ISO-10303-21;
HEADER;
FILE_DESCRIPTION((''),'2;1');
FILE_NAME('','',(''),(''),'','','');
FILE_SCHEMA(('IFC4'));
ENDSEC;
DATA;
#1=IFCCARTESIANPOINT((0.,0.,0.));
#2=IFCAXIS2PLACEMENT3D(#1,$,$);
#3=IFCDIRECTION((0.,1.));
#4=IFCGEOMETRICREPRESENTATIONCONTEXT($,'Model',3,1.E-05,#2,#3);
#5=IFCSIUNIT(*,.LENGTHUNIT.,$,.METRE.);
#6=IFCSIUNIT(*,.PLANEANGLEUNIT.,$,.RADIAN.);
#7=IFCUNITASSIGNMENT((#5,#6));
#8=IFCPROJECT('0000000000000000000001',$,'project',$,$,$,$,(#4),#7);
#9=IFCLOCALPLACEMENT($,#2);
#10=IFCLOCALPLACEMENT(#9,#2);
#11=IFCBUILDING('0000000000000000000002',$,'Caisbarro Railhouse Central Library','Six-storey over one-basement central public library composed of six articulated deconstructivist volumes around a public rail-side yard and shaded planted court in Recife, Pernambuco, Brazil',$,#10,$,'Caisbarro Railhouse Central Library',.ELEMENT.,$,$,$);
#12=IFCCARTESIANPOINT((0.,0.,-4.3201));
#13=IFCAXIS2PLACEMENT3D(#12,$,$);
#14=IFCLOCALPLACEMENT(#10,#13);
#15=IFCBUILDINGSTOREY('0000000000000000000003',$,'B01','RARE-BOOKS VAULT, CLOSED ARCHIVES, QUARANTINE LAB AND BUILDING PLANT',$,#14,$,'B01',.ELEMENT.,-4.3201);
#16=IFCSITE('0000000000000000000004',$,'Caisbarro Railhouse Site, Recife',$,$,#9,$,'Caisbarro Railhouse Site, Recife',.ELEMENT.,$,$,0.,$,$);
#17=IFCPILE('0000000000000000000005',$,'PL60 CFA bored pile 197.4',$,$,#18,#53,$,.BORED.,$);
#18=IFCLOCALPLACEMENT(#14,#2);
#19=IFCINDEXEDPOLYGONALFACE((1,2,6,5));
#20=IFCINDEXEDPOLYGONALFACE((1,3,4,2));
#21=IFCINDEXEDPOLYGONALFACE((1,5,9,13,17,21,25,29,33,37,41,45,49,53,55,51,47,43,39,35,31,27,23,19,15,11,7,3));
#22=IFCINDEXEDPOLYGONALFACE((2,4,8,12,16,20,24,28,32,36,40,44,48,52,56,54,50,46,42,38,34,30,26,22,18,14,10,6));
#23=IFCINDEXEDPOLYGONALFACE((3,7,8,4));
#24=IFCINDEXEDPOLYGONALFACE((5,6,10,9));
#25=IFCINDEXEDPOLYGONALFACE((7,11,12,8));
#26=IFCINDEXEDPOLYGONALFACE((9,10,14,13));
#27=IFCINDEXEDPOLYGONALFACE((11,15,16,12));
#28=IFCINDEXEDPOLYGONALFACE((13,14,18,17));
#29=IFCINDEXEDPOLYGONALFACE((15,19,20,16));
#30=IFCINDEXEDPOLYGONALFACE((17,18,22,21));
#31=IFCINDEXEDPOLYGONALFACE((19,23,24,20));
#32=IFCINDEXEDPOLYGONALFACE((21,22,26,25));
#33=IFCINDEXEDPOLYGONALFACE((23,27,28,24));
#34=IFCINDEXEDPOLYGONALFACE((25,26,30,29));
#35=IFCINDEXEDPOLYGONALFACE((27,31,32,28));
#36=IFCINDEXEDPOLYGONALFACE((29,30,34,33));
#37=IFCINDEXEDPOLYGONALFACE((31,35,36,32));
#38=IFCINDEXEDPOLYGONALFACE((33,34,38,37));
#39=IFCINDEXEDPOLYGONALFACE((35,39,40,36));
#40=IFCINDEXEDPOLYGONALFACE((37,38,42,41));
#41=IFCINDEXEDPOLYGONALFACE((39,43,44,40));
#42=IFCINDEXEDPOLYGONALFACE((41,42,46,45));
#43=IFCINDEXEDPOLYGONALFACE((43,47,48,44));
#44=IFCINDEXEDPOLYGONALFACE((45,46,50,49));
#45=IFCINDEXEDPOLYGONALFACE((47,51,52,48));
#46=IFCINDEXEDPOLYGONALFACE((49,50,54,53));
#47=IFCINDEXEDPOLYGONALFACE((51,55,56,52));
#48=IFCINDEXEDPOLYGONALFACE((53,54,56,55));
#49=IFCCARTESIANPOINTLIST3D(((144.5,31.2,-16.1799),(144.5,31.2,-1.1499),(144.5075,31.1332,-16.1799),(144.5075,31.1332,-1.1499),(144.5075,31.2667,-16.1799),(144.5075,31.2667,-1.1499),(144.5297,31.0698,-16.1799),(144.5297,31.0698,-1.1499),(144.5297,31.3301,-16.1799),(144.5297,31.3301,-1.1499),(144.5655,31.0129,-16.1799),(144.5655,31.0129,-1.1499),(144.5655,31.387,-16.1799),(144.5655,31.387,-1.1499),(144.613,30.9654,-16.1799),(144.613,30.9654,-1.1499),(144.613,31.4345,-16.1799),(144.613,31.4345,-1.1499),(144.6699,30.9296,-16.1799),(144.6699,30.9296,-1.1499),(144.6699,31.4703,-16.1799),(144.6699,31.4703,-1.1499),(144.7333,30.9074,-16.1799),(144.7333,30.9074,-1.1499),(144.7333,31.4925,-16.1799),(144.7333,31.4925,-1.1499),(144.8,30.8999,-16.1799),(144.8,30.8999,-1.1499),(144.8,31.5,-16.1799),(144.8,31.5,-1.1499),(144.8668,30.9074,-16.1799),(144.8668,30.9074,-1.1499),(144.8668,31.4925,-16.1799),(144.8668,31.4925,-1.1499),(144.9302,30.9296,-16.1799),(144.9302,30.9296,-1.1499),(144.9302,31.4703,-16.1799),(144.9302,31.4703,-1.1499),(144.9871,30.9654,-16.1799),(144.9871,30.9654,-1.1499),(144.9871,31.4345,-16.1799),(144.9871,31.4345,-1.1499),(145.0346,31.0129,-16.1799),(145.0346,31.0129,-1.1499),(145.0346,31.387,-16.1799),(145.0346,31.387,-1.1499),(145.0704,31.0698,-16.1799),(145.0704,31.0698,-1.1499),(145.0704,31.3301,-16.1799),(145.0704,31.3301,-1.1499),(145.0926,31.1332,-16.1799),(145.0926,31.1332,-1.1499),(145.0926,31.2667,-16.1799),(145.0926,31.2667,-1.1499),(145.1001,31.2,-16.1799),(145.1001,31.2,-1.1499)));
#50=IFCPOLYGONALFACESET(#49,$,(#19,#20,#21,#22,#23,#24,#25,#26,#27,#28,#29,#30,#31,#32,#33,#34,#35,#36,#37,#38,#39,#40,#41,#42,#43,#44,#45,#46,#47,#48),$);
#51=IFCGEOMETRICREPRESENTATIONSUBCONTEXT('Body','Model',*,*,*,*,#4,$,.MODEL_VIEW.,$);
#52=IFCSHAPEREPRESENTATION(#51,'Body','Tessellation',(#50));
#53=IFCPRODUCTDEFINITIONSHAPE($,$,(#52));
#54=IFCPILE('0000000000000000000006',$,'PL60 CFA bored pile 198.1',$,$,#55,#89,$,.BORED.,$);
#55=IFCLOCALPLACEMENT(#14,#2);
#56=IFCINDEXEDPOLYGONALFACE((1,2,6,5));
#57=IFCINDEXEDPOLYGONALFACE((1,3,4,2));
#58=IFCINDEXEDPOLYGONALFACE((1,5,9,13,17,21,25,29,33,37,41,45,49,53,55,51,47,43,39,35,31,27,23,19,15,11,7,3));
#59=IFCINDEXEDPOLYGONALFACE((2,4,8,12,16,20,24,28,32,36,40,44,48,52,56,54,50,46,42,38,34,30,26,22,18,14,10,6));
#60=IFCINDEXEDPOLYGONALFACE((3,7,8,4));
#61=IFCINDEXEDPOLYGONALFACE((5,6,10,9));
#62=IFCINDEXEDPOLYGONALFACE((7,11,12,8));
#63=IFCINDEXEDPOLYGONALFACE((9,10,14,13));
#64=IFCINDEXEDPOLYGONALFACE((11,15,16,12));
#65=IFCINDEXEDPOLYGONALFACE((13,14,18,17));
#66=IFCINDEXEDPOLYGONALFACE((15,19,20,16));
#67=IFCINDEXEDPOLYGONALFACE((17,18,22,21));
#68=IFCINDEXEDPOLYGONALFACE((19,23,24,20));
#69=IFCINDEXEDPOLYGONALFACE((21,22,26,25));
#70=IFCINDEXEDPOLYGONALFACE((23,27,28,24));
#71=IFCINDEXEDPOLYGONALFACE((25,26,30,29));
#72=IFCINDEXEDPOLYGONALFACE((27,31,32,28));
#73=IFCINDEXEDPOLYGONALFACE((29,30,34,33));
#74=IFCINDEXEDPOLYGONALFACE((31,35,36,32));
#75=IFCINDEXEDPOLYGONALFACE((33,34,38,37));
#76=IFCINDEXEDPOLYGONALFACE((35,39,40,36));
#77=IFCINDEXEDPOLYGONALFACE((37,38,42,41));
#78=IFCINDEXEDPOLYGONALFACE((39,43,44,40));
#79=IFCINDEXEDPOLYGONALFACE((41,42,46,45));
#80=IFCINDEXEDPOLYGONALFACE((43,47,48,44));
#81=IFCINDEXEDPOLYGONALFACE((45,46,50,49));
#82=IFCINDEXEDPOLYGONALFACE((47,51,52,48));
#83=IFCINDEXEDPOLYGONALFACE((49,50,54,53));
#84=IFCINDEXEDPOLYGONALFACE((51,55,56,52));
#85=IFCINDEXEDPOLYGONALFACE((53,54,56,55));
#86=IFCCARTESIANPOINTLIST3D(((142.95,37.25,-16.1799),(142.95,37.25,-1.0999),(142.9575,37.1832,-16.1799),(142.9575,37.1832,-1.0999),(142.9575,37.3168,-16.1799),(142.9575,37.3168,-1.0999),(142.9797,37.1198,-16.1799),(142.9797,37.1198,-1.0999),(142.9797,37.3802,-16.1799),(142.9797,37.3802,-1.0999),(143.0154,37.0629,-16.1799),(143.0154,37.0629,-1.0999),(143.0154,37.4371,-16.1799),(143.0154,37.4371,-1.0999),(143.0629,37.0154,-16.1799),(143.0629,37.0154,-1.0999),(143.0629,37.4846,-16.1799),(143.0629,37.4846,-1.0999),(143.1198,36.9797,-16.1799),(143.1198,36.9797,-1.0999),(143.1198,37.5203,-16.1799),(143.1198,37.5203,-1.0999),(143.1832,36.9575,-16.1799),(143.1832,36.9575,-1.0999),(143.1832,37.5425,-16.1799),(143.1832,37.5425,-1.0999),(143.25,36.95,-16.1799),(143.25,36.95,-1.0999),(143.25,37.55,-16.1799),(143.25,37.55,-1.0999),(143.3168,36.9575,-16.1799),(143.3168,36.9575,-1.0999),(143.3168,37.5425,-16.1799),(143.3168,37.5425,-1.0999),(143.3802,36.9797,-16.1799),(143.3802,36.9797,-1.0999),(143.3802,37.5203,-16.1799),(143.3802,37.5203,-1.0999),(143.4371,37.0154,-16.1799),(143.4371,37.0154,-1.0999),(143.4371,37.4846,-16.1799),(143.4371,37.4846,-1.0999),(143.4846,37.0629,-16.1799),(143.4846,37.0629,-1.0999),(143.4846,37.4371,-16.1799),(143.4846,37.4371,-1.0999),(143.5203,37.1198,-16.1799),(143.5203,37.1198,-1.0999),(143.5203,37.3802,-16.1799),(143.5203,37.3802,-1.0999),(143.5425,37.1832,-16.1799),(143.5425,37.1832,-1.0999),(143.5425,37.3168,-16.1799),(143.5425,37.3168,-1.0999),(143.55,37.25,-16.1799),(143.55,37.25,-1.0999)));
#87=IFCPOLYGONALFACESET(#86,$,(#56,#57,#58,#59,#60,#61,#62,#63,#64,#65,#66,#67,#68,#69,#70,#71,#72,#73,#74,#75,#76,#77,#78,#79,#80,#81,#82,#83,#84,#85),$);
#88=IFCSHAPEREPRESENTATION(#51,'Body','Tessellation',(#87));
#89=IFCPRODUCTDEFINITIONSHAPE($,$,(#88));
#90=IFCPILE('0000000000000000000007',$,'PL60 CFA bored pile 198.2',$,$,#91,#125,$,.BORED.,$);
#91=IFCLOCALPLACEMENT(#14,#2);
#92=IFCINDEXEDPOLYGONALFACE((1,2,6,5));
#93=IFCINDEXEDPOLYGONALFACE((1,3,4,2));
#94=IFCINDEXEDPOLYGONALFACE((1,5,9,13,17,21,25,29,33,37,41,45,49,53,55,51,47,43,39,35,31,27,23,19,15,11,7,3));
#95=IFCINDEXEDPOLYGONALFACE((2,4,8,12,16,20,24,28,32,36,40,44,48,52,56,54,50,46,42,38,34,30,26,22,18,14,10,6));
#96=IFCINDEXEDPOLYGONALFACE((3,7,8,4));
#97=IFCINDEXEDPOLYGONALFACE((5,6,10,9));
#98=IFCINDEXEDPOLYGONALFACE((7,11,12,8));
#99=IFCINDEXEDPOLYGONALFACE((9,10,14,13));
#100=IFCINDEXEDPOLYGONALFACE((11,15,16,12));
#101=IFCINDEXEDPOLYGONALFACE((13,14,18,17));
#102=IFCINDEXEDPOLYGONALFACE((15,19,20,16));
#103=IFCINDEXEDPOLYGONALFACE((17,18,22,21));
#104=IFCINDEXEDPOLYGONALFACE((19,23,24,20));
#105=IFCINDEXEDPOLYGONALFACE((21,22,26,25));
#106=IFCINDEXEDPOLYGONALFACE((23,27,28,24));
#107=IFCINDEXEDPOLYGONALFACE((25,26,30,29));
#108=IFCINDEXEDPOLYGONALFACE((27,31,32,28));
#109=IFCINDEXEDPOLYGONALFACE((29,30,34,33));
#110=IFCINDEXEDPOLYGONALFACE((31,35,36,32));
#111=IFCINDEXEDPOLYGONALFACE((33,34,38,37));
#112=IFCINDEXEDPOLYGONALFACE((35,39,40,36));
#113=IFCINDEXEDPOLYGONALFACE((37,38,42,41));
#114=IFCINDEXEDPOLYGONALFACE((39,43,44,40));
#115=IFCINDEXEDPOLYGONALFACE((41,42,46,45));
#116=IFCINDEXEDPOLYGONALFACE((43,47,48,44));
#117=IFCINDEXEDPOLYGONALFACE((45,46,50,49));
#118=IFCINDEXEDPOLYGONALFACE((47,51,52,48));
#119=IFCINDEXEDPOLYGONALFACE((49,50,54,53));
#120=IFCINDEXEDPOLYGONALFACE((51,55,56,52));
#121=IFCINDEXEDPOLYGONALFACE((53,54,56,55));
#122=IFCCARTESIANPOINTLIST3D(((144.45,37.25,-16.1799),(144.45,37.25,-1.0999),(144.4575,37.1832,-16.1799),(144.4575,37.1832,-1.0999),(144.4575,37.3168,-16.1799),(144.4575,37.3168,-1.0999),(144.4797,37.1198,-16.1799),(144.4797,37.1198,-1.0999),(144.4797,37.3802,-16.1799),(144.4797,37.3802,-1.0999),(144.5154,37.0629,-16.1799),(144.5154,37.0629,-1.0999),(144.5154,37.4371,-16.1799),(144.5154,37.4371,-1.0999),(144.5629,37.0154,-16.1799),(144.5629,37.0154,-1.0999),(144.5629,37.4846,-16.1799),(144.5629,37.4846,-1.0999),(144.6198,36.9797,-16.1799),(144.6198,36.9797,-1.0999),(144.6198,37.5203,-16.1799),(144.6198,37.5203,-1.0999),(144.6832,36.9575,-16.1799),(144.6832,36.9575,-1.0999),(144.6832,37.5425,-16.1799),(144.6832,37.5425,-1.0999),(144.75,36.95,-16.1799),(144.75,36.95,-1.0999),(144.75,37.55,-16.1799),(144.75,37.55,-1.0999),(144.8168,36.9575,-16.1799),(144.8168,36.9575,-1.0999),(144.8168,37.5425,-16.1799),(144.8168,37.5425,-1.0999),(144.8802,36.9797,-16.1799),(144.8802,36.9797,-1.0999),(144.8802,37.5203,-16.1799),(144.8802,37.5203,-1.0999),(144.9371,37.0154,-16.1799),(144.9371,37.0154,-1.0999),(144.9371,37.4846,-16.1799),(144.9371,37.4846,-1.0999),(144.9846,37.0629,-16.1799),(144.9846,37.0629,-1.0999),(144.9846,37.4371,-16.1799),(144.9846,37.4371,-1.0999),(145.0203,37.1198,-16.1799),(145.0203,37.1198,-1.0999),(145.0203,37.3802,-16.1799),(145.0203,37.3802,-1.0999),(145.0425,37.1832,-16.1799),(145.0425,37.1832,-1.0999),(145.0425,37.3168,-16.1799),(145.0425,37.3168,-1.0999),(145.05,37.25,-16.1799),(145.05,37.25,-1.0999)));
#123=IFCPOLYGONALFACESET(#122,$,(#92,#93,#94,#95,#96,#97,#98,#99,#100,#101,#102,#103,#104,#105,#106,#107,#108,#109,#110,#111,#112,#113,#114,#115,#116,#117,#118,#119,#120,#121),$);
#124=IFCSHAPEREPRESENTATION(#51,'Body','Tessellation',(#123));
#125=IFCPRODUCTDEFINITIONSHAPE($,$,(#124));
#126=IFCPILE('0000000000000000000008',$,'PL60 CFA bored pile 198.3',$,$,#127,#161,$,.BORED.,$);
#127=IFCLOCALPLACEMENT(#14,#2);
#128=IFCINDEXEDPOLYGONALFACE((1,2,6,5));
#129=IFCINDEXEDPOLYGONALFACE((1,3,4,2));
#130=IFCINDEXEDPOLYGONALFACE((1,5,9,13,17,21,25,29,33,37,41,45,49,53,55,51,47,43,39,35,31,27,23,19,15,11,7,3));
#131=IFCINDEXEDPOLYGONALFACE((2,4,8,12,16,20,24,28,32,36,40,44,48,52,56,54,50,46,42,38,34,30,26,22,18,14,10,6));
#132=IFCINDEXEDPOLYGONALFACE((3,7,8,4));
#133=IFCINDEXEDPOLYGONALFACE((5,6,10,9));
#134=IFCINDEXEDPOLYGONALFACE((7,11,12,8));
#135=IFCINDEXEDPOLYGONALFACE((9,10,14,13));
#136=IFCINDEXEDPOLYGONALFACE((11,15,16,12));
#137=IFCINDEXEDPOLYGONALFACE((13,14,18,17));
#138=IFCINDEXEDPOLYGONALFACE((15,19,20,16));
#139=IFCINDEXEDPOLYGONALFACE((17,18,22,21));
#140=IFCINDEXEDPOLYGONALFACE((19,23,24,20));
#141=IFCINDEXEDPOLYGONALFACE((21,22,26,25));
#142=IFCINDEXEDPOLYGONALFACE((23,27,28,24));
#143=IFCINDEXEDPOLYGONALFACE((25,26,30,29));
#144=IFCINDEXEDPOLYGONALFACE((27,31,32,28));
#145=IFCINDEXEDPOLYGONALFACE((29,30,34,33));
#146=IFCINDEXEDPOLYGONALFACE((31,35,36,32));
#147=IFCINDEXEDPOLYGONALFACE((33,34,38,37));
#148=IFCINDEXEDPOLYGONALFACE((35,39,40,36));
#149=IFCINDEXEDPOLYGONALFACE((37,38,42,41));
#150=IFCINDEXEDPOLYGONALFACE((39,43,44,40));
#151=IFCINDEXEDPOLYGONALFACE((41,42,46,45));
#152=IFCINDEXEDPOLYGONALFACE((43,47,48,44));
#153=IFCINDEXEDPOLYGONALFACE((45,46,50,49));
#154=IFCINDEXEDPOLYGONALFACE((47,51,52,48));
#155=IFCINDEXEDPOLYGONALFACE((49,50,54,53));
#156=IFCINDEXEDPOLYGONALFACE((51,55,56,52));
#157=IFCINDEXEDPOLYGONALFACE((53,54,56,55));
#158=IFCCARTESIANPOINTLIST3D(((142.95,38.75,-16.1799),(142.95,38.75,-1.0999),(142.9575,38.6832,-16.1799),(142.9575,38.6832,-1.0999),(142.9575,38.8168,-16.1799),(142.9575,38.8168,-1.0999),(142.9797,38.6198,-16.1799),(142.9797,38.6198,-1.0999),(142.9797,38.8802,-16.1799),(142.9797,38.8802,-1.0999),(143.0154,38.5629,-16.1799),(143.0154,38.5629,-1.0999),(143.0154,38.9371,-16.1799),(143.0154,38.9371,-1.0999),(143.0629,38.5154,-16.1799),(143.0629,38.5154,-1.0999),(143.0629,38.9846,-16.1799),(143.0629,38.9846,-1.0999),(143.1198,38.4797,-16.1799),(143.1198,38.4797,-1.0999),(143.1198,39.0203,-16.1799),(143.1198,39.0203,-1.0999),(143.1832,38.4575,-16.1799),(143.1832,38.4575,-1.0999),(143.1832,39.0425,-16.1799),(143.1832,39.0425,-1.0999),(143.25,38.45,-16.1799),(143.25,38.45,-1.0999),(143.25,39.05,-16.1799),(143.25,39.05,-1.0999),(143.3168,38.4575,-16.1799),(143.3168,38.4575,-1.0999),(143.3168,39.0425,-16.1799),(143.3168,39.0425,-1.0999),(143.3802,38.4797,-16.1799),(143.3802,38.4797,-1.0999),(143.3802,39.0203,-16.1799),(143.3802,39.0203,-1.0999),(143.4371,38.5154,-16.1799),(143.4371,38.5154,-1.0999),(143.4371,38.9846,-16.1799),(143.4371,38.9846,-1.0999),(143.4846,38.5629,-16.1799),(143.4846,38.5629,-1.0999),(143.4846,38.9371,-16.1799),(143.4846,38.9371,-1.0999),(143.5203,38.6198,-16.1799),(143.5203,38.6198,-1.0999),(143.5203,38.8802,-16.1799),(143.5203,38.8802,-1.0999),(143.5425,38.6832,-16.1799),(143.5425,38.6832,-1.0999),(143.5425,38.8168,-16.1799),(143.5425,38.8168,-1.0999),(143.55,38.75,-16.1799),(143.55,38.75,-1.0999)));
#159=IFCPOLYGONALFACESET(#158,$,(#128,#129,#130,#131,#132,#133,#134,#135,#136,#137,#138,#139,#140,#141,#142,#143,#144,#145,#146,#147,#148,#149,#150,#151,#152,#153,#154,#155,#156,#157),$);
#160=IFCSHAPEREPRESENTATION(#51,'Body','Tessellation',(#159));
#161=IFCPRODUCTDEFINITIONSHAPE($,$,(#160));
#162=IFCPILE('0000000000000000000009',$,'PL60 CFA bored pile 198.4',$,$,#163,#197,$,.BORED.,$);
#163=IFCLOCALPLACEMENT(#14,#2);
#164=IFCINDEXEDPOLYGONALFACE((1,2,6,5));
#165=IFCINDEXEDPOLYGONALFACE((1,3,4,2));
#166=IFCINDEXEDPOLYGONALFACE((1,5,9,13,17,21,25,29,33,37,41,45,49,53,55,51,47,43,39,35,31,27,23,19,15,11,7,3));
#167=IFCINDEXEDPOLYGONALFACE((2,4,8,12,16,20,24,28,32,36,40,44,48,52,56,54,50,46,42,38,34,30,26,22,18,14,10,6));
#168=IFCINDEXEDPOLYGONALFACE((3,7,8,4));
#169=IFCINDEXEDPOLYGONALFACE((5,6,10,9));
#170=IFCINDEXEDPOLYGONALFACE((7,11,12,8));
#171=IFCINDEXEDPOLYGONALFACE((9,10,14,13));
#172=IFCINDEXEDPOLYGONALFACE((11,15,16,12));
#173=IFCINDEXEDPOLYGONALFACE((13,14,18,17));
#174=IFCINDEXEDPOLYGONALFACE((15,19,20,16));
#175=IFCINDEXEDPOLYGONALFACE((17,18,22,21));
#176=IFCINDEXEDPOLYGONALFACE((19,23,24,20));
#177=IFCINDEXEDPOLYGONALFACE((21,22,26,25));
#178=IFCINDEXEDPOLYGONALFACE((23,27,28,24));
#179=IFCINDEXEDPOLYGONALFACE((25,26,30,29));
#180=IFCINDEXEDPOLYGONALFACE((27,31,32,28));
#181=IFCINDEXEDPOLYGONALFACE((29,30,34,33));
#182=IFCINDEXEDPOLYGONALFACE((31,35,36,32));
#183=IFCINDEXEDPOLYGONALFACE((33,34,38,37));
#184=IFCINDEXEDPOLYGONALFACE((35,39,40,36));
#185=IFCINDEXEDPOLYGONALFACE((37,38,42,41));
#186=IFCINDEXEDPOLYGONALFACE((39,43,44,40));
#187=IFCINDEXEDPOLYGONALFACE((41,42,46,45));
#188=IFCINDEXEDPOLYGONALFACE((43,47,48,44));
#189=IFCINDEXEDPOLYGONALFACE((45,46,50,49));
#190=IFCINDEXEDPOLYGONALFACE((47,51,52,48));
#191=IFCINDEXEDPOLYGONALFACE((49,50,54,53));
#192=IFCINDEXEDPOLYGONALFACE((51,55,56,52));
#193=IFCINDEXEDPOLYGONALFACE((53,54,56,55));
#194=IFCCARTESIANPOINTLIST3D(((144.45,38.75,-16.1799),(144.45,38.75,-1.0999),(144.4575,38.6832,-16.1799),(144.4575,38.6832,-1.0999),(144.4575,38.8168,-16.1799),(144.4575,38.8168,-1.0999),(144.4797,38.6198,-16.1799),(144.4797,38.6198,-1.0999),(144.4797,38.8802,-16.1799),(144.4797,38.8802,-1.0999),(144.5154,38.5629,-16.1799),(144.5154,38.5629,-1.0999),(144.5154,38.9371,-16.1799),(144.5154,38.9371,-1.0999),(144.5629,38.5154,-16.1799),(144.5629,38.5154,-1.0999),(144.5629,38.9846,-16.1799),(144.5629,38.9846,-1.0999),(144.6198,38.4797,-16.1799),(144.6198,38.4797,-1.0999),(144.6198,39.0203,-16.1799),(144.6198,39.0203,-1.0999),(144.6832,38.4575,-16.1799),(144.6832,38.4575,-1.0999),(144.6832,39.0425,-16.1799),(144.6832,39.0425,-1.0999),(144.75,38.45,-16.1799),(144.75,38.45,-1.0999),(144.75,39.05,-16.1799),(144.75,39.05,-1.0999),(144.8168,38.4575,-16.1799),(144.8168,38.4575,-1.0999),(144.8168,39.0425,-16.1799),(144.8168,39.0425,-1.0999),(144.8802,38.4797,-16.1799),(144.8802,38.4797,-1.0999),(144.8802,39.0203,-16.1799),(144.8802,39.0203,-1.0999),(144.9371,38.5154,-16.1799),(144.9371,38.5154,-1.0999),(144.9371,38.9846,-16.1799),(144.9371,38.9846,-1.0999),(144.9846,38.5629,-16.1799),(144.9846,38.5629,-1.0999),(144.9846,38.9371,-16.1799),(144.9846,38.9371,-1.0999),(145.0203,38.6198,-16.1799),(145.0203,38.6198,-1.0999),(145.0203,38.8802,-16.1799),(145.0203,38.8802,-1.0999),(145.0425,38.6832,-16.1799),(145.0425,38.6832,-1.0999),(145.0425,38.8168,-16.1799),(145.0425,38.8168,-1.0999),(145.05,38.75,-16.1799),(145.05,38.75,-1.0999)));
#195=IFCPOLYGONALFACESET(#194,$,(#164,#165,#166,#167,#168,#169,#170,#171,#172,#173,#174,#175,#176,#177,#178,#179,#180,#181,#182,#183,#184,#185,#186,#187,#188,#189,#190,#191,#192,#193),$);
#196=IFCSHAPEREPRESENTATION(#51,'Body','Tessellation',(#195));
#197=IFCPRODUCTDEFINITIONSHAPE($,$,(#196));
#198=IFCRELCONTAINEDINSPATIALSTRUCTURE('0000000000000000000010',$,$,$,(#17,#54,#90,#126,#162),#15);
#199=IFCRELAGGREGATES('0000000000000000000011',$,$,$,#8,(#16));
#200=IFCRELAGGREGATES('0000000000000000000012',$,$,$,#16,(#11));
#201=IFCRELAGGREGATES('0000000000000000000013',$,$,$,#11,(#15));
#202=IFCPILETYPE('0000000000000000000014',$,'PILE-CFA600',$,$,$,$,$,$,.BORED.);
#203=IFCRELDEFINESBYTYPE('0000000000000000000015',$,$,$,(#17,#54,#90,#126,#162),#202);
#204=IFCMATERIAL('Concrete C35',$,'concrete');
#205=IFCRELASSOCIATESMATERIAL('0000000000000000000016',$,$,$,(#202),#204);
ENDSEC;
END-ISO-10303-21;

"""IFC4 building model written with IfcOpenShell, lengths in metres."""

from ifc_helpers import new_model, si_unit, direction, frame, origin, origin_2d, place, context, subcontext, project, spatial, circle, extrude, material, material_profile, profile_set, type_object, element, save


model = new_model("IFC4")

# Units and contexts
model_context = context("Model", 3, precision=1e-05, world=origin(), true_north=direction((0.0, 1.0)))
body_context = subcontext(model_context, "Body", "Model", "MODEL_VIEW")
ifc_project = project(units=[si_unit("LENGTHUNIT", "METRE"), si_unit("PLANEANGLEUNIT", "RADIAN")], contexts=[model_context])

# Site, building, storey
site_placement = place(None, origin())
site = spatial("IfcSite", under=ifc_project, at=site_placement, Name="Caisbarro Railhouse Site, Recife", LongName="Caisbarro Railhouse Site, Recife", CompositionType="ELEMENT", RefElevation=0.0)
building_placement = place(site_placement, origin())
building = spatial("IfcBuilding", under=site, at=building_placement, Name="Caisbarro Railhouse Central Library", Description="Six-storey over one-basement central public library composed of six articulated deconstructivist volumes around a public rail-side yard and shaded planted court in Recife, Pernambuco, Brazil", LongName="Caisbarro Railhouse Central Library", CompositionType="ELEMENT")
storey_placement = place(building_placement, frame((0.0, 0.0, -4.3201)))
storey = spatial("IfcBuildingStorey", under=building, at=storey_placement, Name="B01", Description="RARE-BOOKS VAULT, CLOSED ARCHIVES, QUARANTINE LAB AND BUILDING PLANT", LongName="B01", CompositionType="ELEMENT", Elevation=-4.3201)

# Shared definitions
ifc_material_1 = material(Name="Concrete C35", Category="concrete")

# Piles
ifc_material_profile_1 = material_profile(ifc_material_1, circle(Radius=0.3, at=origin_2d()), Name="PILE-CFA-600")
ifc_profile_set_1 = profile_set([ifc_material_profile_1], Name="Concrete C35")
pile_type_1 = type_object("IfcPileType", Name="PILE-CFA600", PredefinedType="BORED", material=ifc_profile_set_1)
for number, where, z_axis, x_axis, name in (
    (1, (144.8, 31.2, -1.1499), (0.0, 0.0, -1.0), (1.0, 0.0, 0.0), "PL60 CFA bored pile 197.4"),
):
    element("IfcPile", number, at=place(storey_placement, frame(where, z_axis=z_axis, x_axis=x_axis)), inside=storey, type_object=pile_type_1, Name=name, PredefinedType="BORED", context=body_context, shape_type="SweptSolid", body=[
        extrude(circle(Radius=0.3, at=origin_2d()), origin(), (0.0, 0.0, 1.0), 15.03),
    ])
for number, where, z_axis, x_axis, name in (
    (2, (143.25, 37.25, -1.0999), (0.0, 0.0, -1.0), (1.0, 0.0, 0.0), "PL60 CFA bored pile 198.1"),
    (3, (144.75, 37.25, -1.0999), (0.0, 0.0, -1.0), (1.0, 0.0, 0.0), "PL60 CFA bored pile 198.2"),
    (4, (143.25, 38.75, -1.0999), (0.0, 0.0, -1.0), (1.0, 0.0, 0.0), "PL60 CFA bored pile 198.3"),
    (5, (144.75, 38.75, -1.0999), (0.0, 0.0, -1.0), (1.0, 0.0, 0.0), "PL60 CFA bored pile 198.4"),
):
    element("IfcPile", number, at=place(storey_placement, frame(where, z_axis=z_axis, x_axis=x_axis)), inside=storey, type_object=pile_type_1, Name=name, PredefinedType="BORED", context=body_context, shape_type="SweptSolid", body=[
        extrude(circle(Radius=0.3, at=origin_2d()), origin(), (0.0, 0.0, 1.0), 15.0801),
    ])

save(model, "model.ifc")
